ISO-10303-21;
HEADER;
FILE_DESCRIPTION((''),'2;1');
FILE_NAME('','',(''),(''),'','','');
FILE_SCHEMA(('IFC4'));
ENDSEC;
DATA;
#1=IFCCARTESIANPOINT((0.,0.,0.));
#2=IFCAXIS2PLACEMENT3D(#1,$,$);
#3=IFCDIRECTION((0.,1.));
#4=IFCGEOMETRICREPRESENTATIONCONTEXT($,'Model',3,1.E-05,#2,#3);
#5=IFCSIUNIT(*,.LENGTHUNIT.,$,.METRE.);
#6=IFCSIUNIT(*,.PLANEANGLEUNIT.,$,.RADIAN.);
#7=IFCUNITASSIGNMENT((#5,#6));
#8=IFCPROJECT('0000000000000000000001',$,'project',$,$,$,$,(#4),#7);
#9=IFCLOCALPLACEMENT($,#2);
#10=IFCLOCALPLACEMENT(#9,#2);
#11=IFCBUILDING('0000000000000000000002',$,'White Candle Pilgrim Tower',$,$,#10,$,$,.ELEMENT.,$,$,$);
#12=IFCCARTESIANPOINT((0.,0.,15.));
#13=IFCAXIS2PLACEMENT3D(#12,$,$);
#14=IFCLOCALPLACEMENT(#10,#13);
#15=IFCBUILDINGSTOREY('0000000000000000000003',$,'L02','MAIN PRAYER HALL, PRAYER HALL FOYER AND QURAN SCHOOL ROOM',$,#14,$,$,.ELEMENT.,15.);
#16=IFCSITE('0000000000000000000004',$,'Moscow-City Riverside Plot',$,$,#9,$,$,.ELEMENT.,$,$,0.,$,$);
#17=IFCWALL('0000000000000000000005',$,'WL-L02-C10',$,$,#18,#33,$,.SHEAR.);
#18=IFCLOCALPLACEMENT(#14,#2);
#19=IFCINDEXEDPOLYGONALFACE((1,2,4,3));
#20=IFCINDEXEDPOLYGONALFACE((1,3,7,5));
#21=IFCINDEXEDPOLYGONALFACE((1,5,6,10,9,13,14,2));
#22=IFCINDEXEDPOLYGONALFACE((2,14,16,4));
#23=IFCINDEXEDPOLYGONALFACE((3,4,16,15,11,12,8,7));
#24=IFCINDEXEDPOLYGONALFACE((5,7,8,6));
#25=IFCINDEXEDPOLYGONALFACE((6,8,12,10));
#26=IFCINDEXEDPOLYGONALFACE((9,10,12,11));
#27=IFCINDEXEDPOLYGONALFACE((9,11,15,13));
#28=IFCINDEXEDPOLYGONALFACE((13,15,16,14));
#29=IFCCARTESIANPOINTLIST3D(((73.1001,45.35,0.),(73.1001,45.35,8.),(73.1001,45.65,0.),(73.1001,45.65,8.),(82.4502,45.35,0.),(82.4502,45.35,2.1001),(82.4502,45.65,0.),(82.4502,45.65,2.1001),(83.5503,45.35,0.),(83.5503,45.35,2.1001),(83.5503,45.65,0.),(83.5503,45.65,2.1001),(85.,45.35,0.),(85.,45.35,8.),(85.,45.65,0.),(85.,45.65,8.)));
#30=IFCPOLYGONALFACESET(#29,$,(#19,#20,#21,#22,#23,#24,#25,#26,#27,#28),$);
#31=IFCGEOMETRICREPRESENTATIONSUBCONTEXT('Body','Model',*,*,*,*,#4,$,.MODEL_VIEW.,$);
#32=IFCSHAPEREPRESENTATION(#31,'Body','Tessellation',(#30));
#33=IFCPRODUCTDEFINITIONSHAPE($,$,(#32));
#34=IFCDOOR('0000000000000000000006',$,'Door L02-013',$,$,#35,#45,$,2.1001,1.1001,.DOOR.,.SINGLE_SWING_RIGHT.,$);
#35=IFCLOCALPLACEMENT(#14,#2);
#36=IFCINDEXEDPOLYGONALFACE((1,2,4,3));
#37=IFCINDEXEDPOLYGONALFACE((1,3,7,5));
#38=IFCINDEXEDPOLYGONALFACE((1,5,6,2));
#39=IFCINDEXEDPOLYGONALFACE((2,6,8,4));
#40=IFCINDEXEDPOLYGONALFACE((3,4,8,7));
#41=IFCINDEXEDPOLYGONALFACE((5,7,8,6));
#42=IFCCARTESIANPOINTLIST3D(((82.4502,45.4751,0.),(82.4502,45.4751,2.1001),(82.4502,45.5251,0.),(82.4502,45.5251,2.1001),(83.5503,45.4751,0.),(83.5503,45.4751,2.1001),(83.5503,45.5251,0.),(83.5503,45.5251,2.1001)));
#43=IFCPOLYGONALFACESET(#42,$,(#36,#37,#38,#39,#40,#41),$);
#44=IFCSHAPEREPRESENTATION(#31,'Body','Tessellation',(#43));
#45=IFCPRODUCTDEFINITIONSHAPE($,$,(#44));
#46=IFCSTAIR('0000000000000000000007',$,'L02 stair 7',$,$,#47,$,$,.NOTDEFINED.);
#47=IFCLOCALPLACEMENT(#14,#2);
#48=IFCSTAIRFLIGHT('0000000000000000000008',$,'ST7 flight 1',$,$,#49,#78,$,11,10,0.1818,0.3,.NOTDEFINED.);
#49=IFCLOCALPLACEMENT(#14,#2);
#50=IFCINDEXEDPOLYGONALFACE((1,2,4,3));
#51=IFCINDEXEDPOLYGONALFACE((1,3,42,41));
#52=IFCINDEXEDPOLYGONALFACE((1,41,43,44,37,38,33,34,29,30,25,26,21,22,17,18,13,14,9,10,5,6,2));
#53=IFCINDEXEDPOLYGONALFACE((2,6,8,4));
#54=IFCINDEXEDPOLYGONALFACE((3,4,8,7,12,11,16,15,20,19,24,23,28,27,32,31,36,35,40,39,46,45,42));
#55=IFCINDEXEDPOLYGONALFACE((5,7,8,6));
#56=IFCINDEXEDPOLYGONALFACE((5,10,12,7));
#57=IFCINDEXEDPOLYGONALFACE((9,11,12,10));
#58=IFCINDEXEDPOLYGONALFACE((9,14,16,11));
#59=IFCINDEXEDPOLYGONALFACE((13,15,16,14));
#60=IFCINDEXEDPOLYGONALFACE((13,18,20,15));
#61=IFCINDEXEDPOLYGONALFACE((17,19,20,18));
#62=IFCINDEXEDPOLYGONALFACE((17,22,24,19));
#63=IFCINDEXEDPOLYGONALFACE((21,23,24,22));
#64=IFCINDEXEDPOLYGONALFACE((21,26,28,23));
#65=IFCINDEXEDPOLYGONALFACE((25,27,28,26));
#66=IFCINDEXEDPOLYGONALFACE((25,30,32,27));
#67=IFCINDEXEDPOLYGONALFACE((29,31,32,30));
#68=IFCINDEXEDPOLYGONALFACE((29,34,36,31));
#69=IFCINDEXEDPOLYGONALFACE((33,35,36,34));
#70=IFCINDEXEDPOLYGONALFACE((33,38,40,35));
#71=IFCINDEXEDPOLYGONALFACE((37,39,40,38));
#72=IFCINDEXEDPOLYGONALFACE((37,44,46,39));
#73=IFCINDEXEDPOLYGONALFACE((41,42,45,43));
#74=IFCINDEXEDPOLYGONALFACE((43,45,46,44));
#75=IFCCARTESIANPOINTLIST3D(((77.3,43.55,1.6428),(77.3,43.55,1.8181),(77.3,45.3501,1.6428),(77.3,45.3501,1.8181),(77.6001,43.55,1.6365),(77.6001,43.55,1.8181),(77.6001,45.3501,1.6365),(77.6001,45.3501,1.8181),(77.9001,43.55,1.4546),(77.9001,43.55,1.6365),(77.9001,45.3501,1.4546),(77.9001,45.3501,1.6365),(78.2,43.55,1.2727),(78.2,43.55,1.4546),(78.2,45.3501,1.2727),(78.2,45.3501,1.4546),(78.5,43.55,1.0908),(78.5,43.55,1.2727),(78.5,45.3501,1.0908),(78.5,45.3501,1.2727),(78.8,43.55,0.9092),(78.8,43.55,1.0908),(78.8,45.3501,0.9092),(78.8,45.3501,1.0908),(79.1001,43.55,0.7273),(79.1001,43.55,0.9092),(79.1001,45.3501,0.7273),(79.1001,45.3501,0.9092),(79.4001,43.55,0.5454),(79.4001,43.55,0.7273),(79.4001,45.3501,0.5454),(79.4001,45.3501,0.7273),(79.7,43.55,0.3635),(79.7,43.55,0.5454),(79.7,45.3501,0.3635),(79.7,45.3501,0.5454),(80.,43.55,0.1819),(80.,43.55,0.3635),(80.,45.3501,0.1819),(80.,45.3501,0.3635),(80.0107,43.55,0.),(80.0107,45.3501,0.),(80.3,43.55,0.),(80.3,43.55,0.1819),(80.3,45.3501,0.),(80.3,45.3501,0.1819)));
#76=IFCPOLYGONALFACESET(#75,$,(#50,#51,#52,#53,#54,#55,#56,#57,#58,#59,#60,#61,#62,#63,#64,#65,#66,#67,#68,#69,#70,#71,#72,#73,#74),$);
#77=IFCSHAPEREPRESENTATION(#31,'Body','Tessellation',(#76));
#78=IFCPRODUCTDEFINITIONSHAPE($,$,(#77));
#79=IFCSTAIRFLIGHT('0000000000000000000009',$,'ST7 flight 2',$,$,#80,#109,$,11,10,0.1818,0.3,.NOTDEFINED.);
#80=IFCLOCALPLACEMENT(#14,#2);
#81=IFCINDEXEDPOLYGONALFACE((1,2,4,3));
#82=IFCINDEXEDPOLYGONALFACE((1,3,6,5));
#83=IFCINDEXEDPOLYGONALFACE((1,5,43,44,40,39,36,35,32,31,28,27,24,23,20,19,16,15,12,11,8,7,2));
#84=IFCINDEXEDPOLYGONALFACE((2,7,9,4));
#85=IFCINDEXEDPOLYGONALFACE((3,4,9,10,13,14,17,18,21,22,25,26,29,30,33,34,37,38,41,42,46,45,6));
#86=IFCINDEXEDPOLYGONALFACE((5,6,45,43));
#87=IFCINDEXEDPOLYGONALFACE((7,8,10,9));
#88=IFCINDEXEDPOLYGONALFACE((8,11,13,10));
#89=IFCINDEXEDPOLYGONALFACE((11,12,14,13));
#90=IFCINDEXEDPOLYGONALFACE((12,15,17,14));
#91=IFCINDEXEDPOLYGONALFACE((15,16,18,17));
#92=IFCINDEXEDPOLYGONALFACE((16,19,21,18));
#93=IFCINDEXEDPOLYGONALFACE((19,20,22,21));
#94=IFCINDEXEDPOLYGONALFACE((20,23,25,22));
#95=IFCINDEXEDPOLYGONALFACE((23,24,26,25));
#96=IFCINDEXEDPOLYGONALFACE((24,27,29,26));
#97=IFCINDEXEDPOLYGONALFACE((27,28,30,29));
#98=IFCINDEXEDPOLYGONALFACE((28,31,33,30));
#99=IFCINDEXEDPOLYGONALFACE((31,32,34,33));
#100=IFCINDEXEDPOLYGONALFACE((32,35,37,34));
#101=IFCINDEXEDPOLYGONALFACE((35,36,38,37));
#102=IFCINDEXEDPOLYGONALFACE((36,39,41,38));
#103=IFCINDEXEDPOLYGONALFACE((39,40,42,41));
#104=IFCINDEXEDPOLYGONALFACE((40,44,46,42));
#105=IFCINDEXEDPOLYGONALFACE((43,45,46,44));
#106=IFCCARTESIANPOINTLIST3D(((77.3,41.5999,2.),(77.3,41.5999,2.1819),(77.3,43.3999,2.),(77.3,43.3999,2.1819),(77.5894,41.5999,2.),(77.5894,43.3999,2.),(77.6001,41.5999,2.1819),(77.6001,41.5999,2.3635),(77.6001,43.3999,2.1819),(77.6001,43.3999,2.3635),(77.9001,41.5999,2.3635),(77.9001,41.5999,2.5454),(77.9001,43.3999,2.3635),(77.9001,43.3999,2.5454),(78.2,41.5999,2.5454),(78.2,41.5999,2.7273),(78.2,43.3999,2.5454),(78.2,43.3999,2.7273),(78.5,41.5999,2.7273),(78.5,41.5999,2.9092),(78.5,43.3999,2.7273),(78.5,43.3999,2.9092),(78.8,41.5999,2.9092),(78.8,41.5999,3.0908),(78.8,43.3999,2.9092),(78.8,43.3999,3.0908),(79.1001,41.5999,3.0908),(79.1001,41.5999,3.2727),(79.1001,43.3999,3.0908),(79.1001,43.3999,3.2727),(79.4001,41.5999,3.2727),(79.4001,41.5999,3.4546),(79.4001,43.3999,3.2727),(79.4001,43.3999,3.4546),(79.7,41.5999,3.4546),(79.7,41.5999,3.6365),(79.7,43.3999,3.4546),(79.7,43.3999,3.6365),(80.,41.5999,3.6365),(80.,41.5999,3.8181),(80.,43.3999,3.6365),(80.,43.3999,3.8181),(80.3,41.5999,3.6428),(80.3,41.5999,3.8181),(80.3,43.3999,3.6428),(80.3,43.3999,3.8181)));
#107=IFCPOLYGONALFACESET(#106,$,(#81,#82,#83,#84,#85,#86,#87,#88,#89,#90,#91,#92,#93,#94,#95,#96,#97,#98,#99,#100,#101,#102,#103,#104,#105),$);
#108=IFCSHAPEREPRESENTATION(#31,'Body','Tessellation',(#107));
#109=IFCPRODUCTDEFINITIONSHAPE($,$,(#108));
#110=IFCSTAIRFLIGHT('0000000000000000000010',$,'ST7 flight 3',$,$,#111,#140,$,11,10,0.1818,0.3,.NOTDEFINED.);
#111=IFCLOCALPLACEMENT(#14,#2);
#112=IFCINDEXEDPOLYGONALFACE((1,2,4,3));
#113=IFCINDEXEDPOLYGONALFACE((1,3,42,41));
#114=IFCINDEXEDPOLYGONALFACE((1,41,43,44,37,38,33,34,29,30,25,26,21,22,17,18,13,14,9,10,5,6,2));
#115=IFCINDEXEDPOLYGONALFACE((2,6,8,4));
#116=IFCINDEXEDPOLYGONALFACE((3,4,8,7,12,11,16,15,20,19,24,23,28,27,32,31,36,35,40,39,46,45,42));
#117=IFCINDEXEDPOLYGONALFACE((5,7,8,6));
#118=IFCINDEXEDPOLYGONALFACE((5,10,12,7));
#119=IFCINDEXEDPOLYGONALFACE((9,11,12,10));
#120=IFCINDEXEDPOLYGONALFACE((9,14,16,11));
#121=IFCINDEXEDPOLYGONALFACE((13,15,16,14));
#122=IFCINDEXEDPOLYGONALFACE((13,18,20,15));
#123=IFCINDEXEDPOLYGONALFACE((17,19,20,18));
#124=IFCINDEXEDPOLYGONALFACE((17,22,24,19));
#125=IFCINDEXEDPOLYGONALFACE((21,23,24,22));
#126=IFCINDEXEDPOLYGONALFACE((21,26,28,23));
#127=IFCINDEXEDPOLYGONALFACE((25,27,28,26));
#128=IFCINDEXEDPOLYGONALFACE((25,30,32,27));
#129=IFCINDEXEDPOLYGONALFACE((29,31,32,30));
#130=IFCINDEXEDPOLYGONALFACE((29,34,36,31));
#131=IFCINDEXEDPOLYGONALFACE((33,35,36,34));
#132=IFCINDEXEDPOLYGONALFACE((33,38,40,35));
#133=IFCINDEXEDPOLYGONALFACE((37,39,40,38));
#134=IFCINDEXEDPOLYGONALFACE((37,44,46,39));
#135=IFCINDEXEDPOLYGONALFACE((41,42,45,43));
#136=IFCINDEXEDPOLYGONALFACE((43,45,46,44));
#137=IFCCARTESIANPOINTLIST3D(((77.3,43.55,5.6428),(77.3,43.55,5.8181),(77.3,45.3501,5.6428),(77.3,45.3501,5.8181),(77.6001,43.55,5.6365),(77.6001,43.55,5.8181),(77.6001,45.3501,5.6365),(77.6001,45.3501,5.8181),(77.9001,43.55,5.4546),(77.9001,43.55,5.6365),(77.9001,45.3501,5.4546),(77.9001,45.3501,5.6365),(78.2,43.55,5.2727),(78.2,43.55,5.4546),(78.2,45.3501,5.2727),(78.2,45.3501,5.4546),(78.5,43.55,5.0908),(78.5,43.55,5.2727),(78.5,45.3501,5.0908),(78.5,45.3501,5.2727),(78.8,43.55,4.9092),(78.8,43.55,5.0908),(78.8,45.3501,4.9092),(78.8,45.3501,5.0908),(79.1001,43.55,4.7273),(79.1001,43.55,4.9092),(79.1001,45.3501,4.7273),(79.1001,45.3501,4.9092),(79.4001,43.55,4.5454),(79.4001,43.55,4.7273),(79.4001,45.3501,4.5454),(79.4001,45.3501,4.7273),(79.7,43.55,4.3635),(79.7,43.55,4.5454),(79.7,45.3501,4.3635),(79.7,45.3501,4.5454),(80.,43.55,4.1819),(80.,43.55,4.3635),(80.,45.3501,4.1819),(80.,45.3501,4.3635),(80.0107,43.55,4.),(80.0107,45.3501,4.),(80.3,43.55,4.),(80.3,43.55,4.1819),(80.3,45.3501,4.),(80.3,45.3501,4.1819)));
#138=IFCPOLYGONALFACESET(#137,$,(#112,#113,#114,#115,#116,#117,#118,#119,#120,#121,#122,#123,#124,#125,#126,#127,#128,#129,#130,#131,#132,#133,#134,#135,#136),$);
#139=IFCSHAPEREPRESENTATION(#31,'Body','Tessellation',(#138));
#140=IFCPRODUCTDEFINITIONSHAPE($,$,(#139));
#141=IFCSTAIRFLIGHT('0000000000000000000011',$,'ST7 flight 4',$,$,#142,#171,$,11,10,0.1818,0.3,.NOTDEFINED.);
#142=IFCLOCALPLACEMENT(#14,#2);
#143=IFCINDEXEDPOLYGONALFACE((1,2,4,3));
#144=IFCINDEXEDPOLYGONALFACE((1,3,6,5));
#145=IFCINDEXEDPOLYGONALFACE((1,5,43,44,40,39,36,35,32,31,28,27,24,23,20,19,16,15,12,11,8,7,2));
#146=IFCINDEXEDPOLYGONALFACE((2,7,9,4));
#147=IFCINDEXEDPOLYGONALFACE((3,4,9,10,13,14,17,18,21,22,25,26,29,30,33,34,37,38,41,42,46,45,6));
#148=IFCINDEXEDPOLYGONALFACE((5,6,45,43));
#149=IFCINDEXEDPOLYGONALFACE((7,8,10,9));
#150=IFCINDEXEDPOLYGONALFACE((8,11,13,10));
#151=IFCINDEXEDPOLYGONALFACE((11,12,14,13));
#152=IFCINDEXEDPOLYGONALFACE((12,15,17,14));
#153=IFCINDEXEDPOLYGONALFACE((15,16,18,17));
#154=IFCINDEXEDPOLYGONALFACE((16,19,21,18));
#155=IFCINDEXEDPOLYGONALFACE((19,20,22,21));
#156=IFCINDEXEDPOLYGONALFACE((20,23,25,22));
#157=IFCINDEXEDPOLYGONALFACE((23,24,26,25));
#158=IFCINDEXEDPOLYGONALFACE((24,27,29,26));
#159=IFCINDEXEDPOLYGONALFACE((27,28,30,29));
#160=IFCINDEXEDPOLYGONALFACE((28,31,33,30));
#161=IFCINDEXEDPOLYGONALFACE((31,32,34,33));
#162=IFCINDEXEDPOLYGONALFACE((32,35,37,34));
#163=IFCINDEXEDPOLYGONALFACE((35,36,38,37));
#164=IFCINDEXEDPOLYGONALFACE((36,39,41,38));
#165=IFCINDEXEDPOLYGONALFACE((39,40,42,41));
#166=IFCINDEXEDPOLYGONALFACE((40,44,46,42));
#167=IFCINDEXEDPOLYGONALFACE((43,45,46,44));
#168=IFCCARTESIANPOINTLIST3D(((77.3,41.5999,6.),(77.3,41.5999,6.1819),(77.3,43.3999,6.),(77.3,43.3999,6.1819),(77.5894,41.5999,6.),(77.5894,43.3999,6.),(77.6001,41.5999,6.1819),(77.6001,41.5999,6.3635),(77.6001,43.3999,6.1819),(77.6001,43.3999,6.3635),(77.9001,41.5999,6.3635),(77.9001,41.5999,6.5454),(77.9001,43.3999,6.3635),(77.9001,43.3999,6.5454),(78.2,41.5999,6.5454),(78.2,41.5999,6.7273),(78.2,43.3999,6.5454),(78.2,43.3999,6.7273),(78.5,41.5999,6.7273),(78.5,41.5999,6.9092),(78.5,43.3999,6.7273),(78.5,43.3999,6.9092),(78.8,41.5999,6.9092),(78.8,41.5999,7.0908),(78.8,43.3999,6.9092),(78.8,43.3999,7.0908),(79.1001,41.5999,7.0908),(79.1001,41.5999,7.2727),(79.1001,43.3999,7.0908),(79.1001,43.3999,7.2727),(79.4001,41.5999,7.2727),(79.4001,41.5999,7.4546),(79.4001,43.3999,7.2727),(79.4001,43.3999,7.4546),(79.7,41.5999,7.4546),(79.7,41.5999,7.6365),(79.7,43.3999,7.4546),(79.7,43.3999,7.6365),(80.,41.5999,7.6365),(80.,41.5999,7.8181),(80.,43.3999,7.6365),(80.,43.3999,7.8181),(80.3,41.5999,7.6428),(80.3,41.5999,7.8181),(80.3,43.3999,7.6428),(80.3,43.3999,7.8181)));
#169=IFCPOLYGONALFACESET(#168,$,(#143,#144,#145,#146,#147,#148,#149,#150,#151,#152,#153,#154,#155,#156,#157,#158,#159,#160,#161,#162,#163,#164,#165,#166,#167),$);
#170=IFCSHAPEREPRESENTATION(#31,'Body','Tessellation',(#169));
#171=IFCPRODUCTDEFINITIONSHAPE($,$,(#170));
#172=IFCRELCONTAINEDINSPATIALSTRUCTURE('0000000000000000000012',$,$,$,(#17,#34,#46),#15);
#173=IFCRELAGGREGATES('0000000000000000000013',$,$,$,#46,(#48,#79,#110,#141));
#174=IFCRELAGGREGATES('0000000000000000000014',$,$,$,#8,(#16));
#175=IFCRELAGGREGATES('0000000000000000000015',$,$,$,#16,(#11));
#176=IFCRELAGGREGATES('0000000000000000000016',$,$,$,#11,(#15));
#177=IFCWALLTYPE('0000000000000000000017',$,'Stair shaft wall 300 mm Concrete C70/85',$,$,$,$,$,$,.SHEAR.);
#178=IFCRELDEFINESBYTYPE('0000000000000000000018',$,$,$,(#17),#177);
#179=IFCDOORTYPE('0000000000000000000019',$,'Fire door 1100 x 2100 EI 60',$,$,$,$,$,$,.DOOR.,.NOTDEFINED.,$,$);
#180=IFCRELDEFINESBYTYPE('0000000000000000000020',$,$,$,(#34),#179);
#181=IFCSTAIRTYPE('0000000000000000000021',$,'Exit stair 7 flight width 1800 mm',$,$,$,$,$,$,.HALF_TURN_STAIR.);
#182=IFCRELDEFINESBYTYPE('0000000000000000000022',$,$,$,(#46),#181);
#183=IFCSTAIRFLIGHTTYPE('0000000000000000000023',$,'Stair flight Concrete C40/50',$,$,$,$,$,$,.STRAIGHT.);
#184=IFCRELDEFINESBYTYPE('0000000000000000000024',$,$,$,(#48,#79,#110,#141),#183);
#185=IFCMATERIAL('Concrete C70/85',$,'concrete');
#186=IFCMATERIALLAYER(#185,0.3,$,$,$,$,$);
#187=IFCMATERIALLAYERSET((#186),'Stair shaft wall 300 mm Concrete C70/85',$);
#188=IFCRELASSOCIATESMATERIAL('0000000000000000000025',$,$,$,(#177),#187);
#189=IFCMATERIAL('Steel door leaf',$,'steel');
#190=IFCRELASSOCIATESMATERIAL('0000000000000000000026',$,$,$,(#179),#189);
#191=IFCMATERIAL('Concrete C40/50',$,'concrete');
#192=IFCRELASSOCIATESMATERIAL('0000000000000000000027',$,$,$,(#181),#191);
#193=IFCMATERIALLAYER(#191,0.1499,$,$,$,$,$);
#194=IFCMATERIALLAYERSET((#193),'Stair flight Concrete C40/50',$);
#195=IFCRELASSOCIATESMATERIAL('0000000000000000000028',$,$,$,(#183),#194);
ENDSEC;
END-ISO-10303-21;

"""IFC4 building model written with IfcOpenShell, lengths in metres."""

from ifc_helpers import new_model, si_unit, direction, frame, frame_2d, origin, place, context, subcontext, project, spatial, polyline, rectangle, outline, extrude, material, layer, layer_set, type_object, element, fill, aggregate, save


model = new_model("IFC4")

# Units and contexts
model_context = context("Model", 3, precision=1e-05, world=origin(), true_north=direction((0.0, 1.0)))
body_context = subcontext(model_context, "Body", "Model", "MODEL_VIEW")
ifc_project = project(units=[si_unit("LENGTHUNIT", "METRE"), si_unit("PLANEANGLEUNIT", "RADIAN")], contexts=[model_context])

# Site, building, storey
site_placement = place(None, origin())
site = spatial("IfcSite", under=ifc_project, at=site_placement, Name="Moscow-City Riverside Plot", CompositionType="ELEMENT", RefElevation=0.0)
building_placement = place(site_placement, origin())
building = spatial("IfcBuilding", under=site, at=building_placement, Name="White Candle Pilgrim Tower", CompositionType="ELEMENT")
storey_placement = place(building_placement, frame((0.0, 0.0, 15.0)))
storey = spatial("IfcBuildingStorey", under=building, at=storey_placement, Name="L02", Description="MAIN PRAYER HALL, PRAYER HALL FOYER AND QURAN SCHOOL ROOM", CompositionType="ELEMENT", Elevation=15.0)

# Wall, opening, door
ifc_material_1 = material(Name="Concrete C70/85", Category="concrete")
ifc_layer_1 = layer(ifc_material_1, 0.3)
ifc_layer_set_1 = layer_set([ifc_layer_1], Name="Stair shaft wall 300 mm Concrete C70/85")
wall_type = type_object("IfcWallType", Name="Stair shaft wall 300 mm Concrete C70/85", PredefinedType="SHEAR", material=ifc_layer_set_1)
wall_placement = place(storey_placement, frame((73.1001, 45.5, 0.0), z_axis=(0.0, 0.0, 1.0), x_axis=(1.0, 0.0, 0.0)))
wall = element("IfcWall", 1, at=wall_placement, inside=storey, type_object=wall_type, Name="WL-L02-C10", PredefinedType="SHEAR", context=body_context, shape_type="SweptSolid", body=[
    extrude(rectangle(XDim=11.8999, YDim=0.3, at=frame_2d((5.95, 0.0))), origin(), (0.0, 0.0, 1.0), 8.0),
])
opening_placement = place(wall_placement, frame((9.3501, 0.0, 0.0)))
opening = element("IfcOpeningElement", 2, at=opening_placement, cuts=wall, PredefinedType="OPENING", context=body_context, shape_type="SweptSolid", body=[
    extrude(rectangle(XDim=1.1001, YDim=2.1001, at=frame_2d((0.55, 1.05))), frame((0.0, 0.1599, 0.0), z_axis=(0.0, -1.0, 0.0), x_axis=(1.0, 0.0, 0.0)), (0.0, 0.0, 1.0), 0.3201),
])
ifc_material_2 = material(Name="Steel door leaf", Category="steel")
door_type = type_object("IfcDoorType", Name="Fire door 1100 x 2100 EI 60", OperationType="NOTDEFINED", PredefinedType="DOOR", material=ifc_material_2)
door_placement = place(opening_placement, frame((1.1001, 0.0, 0.0), z_axis=(0.0, 0.0, 1.0), x_axis=(-1.0, 0.0, 0.0)))
door = element("IfcDoor", 3, at=door_placement, inside=storey, type_object=door_type, Name="Door L02-013", OperationType="SINGLE_SWING_RIGHT", OverallHeight=2.1001, OverallWidth=1.1001, PredefinedType="DOOR", context=body_context, shape_type="SweptSolid", body=[
    extrude(rectangle(XDim=1.1001, YDim=2.1001, at=frame_2d((0.55, 1.05))), frame((0.0, 0.0249, 0.0), z_axis=(0.0, -1.0, 0.0), x_axis=(1.0, 0.0, 0.0)), (0.0, 0.0, 1.0), 0.05),
])
fill(opening, door)

# Stair, stair flights
ifc_material_3 = material(Name="Concrete C40/50", Category="concrete")
stair_type = type_object("IfcStairType", Name="Exit stair 7 flight width 1800 mm", PredefinedType="HALF_TURN_STAIR", material=ifc_material_3)
stair_placement = place(storey_placement, origin())
stair = element("IfcStair", 4, at=stair_placement, inside=storey, type_object=stair_type, Name="L02 stair 7", PredefinedType="NOTDEFINED")
ifc_layer_2 = layer(ifc_material_3, 0.1499)
ifc_layer_set_2 = layer_set([ifc_layer_2], Name="Stair flight Concrete C40/50")
stair_flight_type = type_object("IfcStairFlightType", Name="Stair flight Concrete C40/50", PredefinedType="STRAIGHT", material=ifc_layer_set_2)
stair_flight_1_placement = place(storey_placement, frame((80.3, 44.45, 0.0), z_axis=(0.0, 0.0, 1.0), x_axis=(-1.0, 0.0, 0.0)))
stair_flight_1 = element("IfcStairFlight", 5, at=stair_flight_1_placement, type_object=stair_flight_type, Name="ST7 flight 1", NumberOfRisers=11, NumberOfTreads=10, PredefinedType="NOTDEFINED", RiserHeight=0.1818, TreadLength=0.3, context=body_context, shape_type="SweptSolid", body=[
    extrude(outline(polyline([(0.0, 0.0), (0.0, 0.1819), (0.3, 0.1819), (0.3, 0.3635), (0.6001, 0.3635), (0.6001, 0.5454), (0.8999, 0.5454), (0.8999, 0.7273), (1.2, 0.7273), (1.2, 0.9092), (1.5, 0.9092), (1.5, 1.0908), (1.8, 1.0908), (1.8, 1.2727), (2.1001, 1.2727), (2.1001, 1.4546), (2.3999, 1.4546), (2.3999, 1.6365), (2.7, 1.6365), (2.7, 1.8181), (3.0, 1.8181), (3.0, 2.0), (3.0, 1.6428), (0.2893, 0.0), (0.0, 0.0)])), frame((0.0, 0.8999, 0.0), z_axis=(0.0, -1.0, 0.0), x_axis=(1.0, 0.0, 0.0)), (0.0, 0.0, 1.0), 1.8),
])
stair_flight_2_placement = place(storey_placement, frame((77.3, 42.5, 2.0), z_axis=(0.0, 0.0, 1.0), x_axis=(1.0, 0.0, 0.0)))
stair_flight_2 = element("IfcStairFlight", 6, at=stair_flight_2_placement, type_object=stair_flight_type, Name="ST7 flight 2", NumberOfRisers=11, NumberOfTreads=10, PredefinedType="NOTDEFINED", RiserHeight=0.1818, TreadLength=0.3, context=body_context, shape_type="SweptSolid", body=[
    extrude(outline(polyline([(0.0, 0.0), (0.0, 0.1819), (0.3, 0.1819), (0.3, 0.3635), (0.6001, 0.3635), (0.6001, 0.5454), (0.8999, 0.5454), (0.8999, 0.7273), (1.2, 0.7273), (1.2, 0.9092), (1.5, 0.9092), (1.5, 1.0908), (1.8, 1.0908), (1.8, 1.2727), (2.1001, 1.2727), (2.1001, 1.4546), (2.3999, 1.4546), (2.3999, 1.6365), (2.7, 1.6365), (2.7, 1.8181), (3.0, 1.8181), (3.0, 2.0), (3.0, 1.6428), (0.2893, 0.0), (0.0, 0.0)])), frame((0.0, 0.8999, 0.0), z_axis=(0.0, -1.0, 0.0), x_axis=(1.0, 0.0, 0.0)), (0.0, 0.0, 1.0), 1.8),
])
stair_flight_3_placement = place(storey_placement, frame((80.3, 44.45, 4.0), z_axis=(0.0, 0.0, 1.0), x_axis=(-1.0, 0.0, 0.0)))
stair_flight_3 = element("IfcStairFlight", 7, at=stair_flight_3_placement, type_object=stair_flight_type, Name="ST7 flight 3", NumberOfRisers=11, NumberOfTreads=10, PredefinedType="NOTDEFINED", RiserHeight=0.1818, TreadLength=0.3, context=body_context, shape_type="SweptSolid", body=[
    extrude(outline(polyline([(0.0, 0.0), (0.0, 0.1819), (0.3, 0.1819), (0.3, 0.3635), (0.6001, 0.3635), (0.6001, 0.5454), (0.8999, 0.5454), (0.8999, 0.7273), (1.2, 0.7273), (1.2, 0.9092), (1.5, 0.9092), (1.5, 1.0908), (1.8, 1.0908), (1.8, 1.2727), (2.1001, 1.2727), (2.1001, 1.4546), (2.3999, 1.4546), (2.3999, 1.6365), (2.7, 1.6365), (2.7, 1.8181), (3.0, 1.8181), (3.0, 2.0), (3.0, 1.6428), (0.2893, 0.0), (0.0, 0.0)])), frame((0.0, 0.8999, 0.0), z_axis=(0.0, -1.0, 0.0), x_axis=(1.0, 0.0, 0.0)), (0.0, 0.0, 1.0), 1.8),
])
stair_flight_4_placement = place(storey_placement, frame((77.3, 42.5, 6.0), z_axis=(0.0, 0.0, 1.0), x_axis=(1.0, 0.0, 0.0)))
stair_flight_4 = element("IfcStairFlight", 8, at=stair_flight_4_placement, type_object=stair_flight_type, Name="ST7 flight 4", NumberOfRisers=11, NumberOfTreads=10, PredefinedType="NOTDEFINED", RiserHeight=0.1818, TreadLength=0.3, context=body_context, shape_type="SweptSolid", body=[
    extrude(outline(polyline([(0.0, 0.0), (0.0, 0.1819), (0.3, 0.1819), (0.3, 0.3635), (0.6001, 0.3635), (0.6001, 0.5454), (0.8999, 0.5454), (0.8999, 0.7273), (1.2, 0.7273), (1.2, 0.9092), (1.5, 0.9092), (1.5, 1.0908), (1.8, 1.0908), (1.8, 1.2727), (2.1001, 1.2727), (2.1001, 1.4546), (2.3999, 1.4546), (2.3999, 1.6365), (2.7, 1.6365), (2.7, 1.8181), (3.0, 1.8181), (3.0, 2.0), (3.0, 1.6428), (0.2893, 0.0), (0.0, 0.0)])), frame((0.0, 0.8999, 0.0), z_axis=(0.0, -1.0, 0.0), x_axis=(1.0, 0.0, 0.0)), (0.0, 0.0, 1.0), 1.8),
])
aggregate(stair, [stair_flight_1, stair_flight_2, stair_flight_3, stair_flight_4])

save(model, "model.ifc")
